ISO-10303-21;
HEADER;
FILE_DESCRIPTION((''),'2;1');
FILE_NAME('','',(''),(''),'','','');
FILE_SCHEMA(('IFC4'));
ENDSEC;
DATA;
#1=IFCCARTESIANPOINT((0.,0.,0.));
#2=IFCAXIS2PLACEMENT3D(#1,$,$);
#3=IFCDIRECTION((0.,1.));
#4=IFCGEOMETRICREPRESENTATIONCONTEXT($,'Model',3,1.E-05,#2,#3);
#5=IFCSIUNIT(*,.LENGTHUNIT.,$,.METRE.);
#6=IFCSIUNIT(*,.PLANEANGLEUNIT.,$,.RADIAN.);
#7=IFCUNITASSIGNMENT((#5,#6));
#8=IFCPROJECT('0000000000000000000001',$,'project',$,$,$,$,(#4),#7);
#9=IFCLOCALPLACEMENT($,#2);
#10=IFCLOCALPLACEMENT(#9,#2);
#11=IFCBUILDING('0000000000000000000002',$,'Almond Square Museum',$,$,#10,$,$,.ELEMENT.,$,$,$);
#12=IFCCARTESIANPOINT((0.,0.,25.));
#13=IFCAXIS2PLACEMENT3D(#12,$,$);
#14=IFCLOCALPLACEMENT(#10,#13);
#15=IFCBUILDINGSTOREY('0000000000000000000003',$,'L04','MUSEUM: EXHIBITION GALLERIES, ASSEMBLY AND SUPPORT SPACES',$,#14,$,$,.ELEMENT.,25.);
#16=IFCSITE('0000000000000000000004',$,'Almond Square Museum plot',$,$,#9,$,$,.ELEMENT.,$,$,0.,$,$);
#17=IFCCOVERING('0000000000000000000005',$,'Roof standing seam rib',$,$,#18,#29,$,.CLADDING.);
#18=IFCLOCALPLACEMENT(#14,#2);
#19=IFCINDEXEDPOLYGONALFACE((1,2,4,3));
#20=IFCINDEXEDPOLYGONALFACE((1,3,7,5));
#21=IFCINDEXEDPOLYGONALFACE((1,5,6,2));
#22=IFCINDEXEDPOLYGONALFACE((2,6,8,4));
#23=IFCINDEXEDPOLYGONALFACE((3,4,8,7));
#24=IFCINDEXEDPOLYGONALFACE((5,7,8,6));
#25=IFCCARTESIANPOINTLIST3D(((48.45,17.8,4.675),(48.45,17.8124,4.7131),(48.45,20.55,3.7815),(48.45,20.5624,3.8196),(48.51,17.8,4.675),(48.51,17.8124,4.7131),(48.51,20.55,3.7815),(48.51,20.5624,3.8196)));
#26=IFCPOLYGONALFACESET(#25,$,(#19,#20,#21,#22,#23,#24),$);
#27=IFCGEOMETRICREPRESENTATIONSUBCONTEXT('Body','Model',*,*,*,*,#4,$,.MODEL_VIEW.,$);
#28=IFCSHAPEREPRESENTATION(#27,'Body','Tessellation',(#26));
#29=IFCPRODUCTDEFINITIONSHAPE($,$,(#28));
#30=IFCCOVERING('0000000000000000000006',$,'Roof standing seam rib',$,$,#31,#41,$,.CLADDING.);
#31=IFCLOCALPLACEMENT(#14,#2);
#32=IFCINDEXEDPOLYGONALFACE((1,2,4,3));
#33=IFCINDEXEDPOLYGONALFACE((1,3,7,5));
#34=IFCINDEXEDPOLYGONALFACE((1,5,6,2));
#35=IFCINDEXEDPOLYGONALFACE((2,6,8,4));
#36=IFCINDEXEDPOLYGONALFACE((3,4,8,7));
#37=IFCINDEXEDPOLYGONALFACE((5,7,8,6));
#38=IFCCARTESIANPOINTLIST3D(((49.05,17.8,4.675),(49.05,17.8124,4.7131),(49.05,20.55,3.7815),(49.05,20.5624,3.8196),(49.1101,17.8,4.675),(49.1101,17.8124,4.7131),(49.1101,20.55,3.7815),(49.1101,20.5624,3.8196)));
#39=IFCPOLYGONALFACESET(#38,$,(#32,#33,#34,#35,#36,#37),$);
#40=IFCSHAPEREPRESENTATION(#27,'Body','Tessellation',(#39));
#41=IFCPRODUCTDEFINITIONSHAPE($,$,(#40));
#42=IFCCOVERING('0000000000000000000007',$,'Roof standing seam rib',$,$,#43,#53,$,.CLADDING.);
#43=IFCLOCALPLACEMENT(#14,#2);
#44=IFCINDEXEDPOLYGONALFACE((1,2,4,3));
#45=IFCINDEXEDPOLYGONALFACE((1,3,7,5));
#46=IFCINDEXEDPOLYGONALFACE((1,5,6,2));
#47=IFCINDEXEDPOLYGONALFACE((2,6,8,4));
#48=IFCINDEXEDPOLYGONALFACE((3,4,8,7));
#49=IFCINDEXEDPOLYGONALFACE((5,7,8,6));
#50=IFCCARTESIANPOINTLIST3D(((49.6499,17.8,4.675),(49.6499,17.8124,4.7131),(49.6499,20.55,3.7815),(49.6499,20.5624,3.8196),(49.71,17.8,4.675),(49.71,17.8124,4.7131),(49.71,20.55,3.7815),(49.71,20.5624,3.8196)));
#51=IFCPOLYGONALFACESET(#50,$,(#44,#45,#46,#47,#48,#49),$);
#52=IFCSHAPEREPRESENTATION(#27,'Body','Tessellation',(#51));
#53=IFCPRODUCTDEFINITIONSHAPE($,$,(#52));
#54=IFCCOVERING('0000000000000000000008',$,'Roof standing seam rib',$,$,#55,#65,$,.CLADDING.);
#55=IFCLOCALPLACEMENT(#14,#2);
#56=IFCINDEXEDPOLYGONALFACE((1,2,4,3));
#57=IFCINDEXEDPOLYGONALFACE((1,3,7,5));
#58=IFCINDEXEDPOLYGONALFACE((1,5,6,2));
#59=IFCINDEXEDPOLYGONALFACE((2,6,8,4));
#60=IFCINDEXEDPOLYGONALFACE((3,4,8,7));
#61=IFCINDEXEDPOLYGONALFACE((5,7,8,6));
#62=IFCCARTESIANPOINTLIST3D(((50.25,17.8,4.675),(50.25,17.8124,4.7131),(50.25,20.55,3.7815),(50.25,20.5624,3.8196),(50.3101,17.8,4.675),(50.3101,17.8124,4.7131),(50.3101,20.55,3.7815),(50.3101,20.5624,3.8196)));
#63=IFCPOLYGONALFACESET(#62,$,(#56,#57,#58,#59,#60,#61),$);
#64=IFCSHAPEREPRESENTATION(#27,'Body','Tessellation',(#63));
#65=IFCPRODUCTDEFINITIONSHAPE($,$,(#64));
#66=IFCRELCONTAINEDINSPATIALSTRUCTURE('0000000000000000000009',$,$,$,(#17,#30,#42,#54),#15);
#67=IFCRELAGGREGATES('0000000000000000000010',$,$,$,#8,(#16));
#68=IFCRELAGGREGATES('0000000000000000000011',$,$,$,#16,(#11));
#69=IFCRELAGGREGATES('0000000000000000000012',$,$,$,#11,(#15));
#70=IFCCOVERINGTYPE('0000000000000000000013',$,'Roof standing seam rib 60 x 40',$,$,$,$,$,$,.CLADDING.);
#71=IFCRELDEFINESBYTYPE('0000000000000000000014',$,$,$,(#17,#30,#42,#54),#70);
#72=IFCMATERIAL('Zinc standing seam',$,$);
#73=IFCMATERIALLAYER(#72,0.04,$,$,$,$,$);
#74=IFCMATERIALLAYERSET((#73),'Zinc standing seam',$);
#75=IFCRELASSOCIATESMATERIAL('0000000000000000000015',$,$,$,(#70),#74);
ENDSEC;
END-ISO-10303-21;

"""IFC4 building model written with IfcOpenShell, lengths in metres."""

from ifc_helpers import new_model, si_unit, direction, frame, origin, place, context, subcontext, project, spatial, polyline, outline, extrude, material, layer, layer_set, type_object, element, save


model = new_model("IFC4")

# Units and contexts
model_context = context("Model", 3, precision=1e-05, world=origin(), true_north=direction((0.0, 1.0)))
body_context = subcontext(model_context, "Body", "Model", "MODEL_VIEW")
ifc_project = project(units=[si_unit("LENGTHUNIT", "METRE"), si_unit("PLANEANGLEUNIT", "RADIAN")], contexts=[model_context])

# Site, building, storey
site_placement = place(None, origin())
site = spatial("IfcSite", under=ifc_project, at=site_placement, Name="Almond Square Museum plot", CompositionType="ELEMENT", RefElevation=0.0)
building_placement = place(site_placement, origin())
building = spatial("IfcBuilding", under=site, at=building_placement, Name="Almond Square Museum", CompositionType="ELEMENT")
storey_placement = place(building_placement, frame((0.0, 0.0, 25.0)))
storey = spatial("IfcBuildingStorey", under=building, at=storey_placement, Name="L04", Description="MUSEUM: EXHIBITION GALLERIES, ASSEMBLY AND SUPPORT SPACES", CompositionType="ELEMENT", Elevation=25.0)

# Coverings
ifc_material_1 = material(Name="Zinc standing seam")
ifc_layer_1 = layer(ifc_material_1, 0.04)
ifc_layer_set_1 = layer_set([ifc_layer_1], Name="Zinc standing seam")
covering_type = type_object("IfcCoveringType", Name="Roof standing seam rib 60 x 40", PredefinedType="CLADDING", material=ifc_layer_set_1)
for number, where, z_axis, x_axis, name in (
    (1, (48.51, 17.8, 4.675), (0.0, 0.309025, 0.951054), (0.0, 0.951054, -0.309025), "Roof standing seam rib"),
    (2, (49.1101, 17.8, 4.675), (0.0, 0.309025, 0.951054), (0.0, 0.951054, -0.309025), "Roof standing seam rib"),
    (3, (49.71, 17.8, 4.675), (0.0, 0.309025, 0.951054), (0.0, 0.951054, -0.309025), "Roof standing seam rib"),
    (4, (50.3101, 17.8, 4.675), (0.0, 0.309025, 0.951054), (0.0, 0.951054, -0.309025), "Roof standing seam rib"),
):
    element("IfcCovering", number, at=place(storey_placement, frame(where, z_axis=z_axis, x_axis=x_axis)), inside=storey, type_object=covering_type, Name=name, PredefinedType="CLADDING", context=body_context, shape_type="SweptSolid", body=[
        extrude(outline(polyline([(0.0, 0.0), (2.8915, 0.0), (2.8915, 0.0601), (0.0, 0.0601), (0.0, 0.0)])), origin(), (0.0, 0.0, 1.0), 0.04),
    ])

save(model, "model.ifc")
